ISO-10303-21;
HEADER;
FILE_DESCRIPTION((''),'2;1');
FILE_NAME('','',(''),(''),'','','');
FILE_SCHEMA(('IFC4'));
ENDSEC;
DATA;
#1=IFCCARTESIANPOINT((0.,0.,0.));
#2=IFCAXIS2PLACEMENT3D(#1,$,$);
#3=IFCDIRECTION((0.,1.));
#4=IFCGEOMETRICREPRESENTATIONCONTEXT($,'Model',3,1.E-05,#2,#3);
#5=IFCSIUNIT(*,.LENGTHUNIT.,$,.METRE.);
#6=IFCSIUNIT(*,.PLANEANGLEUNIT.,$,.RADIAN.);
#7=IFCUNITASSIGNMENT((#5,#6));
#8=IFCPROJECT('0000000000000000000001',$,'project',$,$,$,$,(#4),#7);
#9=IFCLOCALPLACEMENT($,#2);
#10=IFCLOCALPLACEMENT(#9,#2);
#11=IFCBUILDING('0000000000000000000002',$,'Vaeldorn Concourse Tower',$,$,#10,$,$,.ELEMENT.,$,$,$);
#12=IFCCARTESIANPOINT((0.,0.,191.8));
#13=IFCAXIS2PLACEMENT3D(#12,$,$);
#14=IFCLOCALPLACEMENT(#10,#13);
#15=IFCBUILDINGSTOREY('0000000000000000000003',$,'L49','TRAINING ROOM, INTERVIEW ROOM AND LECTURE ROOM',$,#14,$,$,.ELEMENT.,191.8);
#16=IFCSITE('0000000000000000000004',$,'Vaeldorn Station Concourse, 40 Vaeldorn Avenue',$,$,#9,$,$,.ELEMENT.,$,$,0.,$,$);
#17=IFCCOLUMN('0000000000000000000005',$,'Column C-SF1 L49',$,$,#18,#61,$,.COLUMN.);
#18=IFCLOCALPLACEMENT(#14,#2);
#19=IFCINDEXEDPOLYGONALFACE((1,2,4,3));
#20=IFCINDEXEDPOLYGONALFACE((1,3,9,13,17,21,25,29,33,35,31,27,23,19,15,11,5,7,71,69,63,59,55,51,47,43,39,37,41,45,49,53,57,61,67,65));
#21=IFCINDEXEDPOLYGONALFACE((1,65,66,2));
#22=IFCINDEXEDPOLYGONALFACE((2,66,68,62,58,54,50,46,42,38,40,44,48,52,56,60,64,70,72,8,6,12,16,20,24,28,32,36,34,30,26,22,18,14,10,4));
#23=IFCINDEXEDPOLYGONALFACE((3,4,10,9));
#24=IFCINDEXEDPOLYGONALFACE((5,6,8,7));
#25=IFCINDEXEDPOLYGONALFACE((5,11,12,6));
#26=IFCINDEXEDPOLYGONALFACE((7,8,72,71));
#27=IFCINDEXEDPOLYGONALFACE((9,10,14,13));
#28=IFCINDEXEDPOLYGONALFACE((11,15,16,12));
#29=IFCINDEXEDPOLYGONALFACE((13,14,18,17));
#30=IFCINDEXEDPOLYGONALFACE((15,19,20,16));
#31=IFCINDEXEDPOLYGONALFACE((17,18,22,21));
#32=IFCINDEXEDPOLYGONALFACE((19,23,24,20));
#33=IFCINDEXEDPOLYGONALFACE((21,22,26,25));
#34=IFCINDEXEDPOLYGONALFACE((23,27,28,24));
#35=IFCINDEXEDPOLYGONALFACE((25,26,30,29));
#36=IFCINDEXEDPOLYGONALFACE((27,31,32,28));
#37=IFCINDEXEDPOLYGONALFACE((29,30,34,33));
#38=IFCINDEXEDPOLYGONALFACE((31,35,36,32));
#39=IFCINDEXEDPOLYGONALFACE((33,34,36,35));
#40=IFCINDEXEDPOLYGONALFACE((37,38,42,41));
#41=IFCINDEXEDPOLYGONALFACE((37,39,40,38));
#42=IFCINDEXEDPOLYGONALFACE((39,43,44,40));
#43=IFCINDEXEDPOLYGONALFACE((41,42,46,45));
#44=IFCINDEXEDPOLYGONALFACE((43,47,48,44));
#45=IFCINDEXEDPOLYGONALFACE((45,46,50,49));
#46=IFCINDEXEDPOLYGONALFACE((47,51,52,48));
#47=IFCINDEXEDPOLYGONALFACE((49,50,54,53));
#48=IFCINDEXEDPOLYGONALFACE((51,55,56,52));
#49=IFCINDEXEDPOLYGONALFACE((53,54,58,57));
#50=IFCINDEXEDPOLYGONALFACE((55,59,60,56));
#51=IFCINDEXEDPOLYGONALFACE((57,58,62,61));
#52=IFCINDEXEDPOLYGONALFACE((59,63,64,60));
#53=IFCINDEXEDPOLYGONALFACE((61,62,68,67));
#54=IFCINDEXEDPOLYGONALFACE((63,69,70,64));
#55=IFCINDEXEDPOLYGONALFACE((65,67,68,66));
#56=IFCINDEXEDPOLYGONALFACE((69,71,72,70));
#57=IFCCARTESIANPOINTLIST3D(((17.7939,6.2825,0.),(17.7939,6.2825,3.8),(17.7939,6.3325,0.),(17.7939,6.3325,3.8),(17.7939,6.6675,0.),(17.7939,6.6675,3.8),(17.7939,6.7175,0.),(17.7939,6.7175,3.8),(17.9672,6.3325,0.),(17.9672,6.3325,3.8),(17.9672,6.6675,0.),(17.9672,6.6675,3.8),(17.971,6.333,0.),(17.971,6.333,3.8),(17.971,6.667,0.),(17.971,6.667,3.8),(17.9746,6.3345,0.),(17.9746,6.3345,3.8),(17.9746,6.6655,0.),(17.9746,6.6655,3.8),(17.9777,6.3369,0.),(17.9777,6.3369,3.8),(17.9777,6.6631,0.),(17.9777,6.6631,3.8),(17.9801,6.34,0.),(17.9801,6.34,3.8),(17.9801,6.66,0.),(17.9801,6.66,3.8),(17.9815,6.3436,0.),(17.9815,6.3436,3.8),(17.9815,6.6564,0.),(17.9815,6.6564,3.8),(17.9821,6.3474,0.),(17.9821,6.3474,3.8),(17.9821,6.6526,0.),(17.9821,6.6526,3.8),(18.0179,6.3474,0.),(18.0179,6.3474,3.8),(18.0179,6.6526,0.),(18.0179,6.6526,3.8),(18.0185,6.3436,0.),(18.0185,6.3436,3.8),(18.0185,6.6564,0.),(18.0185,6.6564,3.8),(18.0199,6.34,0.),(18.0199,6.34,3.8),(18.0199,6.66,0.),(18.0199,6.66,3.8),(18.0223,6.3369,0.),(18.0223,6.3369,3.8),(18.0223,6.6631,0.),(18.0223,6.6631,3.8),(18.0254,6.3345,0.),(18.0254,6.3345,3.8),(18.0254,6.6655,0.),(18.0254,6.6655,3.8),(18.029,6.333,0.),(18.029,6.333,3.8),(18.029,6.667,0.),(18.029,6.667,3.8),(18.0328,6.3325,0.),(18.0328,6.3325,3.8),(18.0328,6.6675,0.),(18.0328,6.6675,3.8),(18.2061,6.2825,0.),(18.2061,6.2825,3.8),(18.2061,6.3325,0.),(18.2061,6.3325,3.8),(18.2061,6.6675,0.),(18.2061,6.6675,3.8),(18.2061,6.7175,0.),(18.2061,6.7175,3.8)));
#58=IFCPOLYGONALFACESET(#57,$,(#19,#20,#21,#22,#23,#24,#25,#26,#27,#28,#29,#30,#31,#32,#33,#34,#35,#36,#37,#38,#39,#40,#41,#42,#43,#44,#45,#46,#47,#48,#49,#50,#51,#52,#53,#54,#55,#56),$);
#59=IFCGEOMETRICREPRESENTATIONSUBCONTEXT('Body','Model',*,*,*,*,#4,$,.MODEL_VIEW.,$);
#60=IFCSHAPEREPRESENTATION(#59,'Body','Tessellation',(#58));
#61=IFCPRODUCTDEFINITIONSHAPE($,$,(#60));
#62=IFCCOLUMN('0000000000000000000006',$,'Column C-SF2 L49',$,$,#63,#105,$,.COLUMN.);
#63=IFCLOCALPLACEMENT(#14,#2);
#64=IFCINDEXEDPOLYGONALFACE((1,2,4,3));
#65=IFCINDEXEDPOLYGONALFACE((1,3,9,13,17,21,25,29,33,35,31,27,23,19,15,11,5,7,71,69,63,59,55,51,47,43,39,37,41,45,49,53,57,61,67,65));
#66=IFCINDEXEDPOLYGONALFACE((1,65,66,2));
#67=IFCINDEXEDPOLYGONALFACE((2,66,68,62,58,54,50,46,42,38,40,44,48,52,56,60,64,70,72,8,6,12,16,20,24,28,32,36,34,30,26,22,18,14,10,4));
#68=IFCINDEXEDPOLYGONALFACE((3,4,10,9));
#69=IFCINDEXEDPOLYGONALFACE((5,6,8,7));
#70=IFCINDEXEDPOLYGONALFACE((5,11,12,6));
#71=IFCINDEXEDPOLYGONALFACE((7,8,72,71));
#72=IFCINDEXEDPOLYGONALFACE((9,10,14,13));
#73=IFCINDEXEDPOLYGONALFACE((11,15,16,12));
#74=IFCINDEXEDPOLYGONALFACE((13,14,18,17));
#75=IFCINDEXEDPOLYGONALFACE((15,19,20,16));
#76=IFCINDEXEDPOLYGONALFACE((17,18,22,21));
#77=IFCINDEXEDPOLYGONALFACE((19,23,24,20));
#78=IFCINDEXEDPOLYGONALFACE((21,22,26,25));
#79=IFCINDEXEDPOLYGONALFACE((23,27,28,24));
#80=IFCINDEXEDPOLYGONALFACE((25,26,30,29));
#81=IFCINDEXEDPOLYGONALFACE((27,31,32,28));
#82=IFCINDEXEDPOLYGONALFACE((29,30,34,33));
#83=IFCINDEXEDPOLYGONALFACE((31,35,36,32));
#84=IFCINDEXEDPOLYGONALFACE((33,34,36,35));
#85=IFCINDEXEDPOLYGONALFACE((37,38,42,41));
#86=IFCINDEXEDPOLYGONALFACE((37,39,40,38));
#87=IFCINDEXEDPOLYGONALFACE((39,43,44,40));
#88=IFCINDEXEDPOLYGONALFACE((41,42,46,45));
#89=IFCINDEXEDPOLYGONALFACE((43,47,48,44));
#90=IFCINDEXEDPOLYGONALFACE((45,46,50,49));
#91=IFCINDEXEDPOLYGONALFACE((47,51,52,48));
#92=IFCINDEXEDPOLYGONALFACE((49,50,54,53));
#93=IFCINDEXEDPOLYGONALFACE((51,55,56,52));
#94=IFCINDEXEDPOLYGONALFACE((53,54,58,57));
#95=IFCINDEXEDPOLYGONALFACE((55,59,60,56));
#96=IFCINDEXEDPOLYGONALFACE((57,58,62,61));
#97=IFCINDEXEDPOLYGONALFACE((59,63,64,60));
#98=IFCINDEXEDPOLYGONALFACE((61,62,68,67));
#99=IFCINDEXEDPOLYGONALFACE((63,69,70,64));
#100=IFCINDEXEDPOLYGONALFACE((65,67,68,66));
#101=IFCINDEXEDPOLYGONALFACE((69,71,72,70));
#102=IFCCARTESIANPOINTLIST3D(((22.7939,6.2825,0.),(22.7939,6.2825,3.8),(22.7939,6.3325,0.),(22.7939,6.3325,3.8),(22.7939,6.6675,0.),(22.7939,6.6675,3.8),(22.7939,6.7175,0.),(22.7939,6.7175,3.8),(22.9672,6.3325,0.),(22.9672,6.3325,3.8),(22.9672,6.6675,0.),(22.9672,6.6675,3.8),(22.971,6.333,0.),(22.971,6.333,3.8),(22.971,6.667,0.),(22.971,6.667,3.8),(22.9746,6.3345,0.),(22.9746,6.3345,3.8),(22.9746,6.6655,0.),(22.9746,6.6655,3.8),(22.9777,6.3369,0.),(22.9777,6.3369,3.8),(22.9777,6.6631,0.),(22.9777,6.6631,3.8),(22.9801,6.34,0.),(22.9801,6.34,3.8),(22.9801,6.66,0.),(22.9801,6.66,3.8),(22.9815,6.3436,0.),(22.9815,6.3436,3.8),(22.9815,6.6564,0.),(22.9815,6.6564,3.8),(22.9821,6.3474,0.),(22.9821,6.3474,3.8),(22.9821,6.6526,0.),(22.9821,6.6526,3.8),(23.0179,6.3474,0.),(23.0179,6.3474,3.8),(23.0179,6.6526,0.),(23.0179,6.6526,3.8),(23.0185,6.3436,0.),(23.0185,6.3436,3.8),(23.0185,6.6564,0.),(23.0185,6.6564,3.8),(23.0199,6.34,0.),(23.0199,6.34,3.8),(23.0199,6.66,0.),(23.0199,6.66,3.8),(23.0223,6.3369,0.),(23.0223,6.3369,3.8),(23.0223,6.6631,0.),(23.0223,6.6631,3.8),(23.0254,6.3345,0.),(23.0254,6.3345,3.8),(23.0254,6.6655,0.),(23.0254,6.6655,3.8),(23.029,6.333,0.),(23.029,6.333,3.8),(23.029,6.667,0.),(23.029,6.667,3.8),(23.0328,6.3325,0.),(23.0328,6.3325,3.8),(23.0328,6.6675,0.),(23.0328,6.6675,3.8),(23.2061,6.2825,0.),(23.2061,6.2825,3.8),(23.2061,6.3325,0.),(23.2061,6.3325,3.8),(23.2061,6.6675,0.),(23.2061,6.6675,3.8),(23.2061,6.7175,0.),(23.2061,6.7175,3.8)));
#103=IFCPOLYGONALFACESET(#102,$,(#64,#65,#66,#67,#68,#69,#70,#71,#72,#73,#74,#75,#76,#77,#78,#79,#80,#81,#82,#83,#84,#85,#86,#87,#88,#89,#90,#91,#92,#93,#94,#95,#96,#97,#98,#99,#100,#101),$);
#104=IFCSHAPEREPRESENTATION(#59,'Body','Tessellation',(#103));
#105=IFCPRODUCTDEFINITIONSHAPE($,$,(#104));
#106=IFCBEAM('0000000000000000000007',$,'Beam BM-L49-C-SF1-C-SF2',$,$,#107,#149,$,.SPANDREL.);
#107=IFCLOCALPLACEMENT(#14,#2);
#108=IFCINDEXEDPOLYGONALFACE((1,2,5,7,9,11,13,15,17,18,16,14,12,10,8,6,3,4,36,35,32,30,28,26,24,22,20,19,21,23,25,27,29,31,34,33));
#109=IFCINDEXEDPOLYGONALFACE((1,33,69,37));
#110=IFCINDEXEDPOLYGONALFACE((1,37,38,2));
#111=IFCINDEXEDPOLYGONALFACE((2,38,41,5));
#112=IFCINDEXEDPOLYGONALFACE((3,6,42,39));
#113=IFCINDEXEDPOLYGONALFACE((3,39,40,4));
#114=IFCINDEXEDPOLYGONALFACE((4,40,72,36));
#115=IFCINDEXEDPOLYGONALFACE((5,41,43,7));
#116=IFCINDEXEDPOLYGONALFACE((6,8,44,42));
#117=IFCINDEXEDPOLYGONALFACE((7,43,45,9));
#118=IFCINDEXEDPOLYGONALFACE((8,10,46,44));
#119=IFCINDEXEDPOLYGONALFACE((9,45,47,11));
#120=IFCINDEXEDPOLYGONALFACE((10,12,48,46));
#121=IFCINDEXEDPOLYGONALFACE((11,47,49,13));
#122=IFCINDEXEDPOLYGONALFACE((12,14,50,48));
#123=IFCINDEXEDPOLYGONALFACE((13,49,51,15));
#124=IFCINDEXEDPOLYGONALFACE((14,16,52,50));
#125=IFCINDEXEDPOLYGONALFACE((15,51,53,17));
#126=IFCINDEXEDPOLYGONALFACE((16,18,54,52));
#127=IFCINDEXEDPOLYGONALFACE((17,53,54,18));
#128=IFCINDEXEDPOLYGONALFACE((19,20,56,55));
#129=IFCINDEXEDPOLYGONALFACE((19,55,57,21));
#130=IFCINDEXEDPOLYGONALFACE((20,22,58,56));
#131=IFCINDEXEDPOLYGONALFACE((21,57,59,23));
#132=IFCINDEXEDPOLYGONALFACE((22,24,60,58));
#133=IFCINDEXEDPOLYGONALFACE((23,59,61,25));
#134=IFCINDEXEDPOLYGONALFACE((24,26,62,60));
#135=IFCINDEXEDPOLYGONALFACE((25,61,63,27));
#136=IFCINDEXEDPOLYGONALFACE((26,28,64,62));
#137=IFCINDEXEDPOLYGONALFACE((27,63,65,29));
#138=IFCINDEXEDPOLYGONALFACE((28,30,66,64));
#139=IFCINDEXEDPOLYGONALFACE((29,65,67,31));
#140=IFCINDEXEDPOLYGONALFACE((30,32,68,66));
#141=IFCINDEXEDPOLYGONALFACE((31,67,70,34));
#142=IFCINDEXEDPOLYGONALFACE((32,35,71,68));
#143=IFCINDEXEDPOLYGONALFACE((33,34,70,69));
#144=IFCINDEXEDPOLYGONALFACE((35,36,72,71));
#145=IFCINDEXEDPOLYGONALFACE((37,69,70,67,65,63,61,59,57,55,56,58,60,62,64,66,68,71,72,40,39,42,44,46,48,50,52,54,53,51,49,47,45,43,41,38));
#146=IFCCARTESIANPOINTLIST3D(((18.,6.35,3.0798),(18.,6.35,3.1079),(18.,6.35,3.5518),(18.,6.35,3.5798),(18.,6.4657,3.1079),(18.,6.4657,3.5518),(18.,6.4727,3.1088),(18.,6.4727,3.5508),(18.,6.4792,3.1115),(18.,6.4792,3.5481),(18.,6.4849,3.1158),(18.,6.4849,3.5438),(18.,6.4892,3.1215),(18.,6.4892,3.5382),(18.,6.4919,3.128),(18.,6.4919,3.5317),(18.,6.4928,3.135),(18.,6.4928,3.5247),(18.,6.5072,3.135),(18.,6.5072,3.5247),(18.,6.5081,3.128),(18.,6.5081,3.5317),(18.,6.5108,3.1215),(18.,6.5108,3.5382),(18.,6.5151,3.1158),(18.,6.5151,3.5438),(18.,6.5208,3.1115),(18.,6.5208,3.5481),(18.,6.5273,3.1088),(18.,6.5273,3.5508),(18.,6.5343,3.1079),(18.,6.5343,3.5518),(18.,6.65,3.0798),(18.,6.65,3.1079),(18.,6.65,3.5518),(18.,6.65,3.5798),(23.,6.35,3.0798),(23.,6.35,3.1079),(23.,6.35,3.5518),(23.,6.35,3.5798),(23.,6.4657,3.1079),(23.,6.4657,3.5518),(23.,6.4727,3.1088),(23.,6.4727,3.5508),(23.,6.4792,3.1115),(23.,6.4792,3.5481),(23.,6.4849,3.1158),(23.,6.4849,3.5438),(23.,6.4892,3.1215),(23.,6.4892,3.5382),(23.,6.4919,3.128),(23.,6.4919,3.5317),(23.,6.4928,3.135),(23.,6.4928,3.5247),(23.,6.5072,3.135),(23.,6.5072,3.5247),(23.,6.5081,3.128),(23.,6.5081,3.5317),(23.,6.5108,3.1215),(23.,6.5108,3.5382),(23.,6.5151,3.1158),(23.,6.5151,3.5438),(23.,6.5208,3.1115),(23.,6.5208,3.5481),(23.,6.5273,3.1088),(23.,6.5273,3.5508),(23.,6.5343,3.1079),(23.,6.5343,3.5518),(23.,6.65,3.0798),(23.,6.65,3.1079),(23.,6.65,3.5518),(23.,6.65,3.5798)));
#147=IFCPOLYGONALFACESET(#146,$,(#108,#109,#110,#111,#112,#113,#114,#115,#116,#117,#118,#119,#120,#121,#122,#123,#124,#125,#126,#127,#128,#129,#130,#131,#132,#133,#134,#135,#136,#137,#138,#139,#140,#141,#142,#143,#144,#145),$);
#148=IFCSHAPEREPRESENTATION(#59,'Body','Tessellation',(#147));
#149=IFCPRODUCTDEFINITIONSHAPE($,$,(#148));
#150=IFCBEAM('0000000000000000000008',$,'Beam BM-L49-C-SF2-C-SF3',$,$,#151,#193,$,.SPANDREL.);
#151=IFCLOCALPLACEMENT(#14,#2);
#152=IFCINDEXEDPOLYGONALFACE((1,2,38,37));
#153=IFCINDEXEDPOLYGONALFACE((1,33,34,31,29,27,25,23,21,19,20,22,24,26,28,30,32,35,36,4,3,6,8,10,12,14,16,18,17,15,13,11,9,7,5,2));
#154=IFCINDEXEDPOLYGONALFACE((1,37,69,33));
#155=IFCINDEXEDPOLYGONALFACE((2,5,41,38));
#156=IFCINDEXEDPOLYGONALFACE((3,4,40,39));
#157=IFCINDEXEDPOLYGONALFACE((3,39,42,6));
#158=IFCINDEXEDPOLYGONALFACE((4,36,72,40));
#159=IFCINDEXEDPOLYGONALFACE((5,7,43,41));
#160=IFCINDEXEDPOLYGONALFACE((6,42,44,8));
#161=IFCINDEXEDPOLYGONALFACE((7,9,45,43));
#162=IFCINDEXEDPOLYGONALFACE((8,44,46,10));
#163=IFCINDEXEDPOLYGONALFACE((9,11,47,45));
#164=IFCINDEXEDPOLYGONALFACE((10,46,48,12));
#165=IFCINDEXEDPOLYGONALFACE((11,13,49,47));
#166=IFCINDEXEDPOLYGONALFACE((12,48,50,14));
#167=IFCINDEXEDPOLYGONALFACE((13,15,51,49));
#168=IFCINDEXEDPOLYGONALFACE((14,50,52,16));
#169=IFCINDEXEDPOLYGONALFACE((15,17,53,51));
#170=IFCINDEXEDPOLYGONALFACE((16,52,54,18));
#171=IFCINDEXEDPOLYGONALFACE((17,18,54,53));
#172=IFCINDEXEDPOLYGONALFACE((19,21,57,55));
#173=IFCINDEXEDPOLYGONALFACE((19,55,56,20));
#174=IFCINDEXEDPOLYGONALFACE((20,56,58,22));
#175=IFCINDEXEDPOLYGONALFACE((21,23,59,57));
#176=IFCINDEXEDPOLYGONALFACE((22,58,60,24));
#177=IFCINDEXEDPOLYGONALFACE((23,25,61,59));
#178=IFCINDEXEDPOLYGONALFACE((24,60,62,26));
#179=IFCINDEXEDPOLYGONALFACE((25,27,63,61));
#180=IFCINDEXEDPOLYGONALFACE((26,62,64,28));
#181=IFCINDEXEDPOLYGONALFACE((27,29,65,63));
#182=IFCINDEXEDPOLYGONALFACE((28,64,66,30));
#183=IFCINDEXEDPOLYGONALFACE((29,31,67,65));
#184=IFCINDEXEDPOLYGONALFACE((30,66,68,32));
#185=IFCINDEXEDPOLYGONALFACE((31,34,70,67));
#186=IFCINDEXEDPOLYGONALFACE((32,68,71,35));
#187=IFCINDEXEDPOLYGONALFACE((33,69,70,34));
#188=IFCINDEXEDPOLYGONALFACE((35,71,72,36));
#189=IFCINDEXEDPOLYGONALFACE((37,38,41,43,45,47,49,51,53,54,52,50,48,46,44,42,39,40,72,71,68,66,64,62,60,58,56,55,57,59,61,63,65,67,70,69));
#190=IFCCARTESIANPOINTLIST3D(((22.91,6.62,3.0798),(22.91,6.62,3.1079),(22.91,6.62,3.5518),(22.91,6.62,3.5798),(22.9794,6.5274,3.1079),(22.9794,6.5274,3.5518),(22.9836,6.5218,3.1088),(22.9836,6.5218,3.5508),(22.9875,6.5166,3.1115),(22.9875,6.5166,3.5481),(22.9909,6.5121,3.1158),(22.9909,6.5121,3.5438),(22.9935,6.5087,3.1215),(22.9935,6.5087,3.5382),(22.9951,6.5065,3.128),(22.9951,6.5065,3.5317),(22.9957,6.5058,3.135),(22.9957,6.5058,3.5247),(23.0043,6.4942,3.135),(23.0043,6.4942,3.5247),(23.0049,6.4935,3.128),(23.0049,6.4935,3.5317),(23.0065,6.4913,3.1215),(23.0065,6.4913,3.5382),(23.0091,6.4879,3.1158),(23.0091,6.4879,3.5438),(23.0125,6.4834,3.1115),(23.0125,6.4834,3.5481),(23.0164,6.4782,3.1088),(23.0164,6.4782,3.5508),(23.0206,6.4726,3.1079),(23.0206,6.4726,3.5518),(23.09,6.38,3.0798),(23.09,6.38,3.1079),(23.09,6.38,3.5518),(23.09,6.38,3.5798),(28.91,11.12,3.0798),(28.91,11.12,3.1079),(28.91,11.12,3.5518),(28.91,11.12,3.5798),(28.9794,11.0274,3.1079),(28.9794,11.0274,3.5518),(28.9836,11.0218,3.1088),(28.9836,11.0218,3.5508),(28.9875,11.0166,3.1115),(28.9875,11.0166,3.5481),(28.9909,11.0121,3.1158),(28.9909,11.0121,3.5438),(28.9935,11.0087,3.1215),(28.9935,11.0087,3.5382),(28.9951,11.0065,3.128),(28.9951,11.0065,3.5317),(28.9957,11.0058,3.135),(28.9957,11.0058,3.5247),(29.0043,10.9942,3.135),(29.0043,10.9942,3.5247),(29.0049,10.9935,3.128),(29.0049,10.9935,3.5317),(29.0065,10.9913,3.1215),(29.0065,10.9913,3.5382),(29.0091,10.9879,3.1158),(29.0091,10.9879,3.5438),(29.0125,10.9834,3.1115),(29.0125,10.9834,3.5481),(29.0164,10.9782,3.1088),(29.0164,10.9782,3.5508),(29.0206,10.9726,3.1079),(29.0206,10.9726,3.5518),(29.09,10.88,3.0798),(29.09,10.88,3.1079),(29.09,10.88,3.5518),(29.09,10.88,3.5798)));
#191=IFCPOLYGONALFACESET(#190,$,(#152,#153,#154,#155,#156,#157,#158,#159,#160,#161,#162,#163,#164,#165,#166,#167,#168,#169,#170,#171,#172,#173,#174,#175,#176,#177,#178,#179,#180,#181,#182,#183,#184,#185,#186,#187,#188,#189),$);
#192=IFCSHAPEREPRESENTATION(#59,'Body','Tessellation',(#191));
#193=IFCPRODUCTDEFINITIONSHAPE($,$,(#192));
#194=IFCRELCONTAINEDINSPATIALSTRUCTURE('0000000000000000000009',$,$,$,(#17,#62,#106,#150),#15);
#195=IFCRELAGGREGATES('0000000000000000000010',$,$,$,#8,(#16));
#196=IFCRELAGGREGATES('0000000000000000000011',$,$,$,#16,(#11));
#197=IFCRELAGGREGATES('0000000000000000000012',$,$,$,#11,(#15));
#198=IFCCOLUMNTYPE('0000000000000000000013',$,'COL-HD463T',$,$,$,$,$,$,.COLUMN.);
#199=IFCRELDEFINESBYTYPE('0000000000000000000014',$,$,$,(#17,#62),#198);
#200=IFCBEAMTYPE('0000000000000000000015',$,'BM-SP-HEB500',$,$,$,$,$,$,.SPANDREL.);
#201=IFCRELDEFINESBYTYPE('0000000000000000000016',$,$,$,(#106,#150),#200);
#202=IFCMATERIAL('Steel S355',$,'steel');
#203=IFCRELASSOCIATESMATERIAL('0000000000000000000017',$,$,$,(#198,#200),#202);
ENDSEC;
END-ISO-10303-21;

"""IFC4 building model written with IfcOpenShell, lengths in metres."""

from ifc_helpers import new_model, si_unit, direction, frame, origin, origin_2d, place, context, subcontext, project, spatial, i_section, extrude, source, transform, mapped, material, material_profile, profile_set, type_object, element, save


model = new_model("IFC4")

# Units and contexts
model_context = context("Model", 3, precision=1e-05, world=origin(), true_north=direction((0.0, 1.0)))
body_context = subcontext(model_context, "Body", "Model", "MODEL_VIEW")
ifc_project = project(units=[si_unit("LENGTHUNIT", "METRE"), si_unit("PLANEANGLEUNIT", "RADIAN")], contexts=[model_context])

# Site, building, storey
site_placement = place(None, origin())
site = spatial("IfcSite", under=ifc_project, at=site_placement, Name="Vaeldorn Station Concourse, 40 Vaeldorn Avenue", CompositionType="ELEMENT", RefElevation=0.0)
building_placement = place(site_placement, origin())
building = spatial("IfcBuilding", under=site, at=building_placement, Name="Vaeldorn Concourse Tower", CompositionType="ELEMENT")
storey_placement = place(building_placement, frame((0.0, 0.0, 191.8)))
storey = spatial("IfcBuildingStorey", under=building, at=storey_placement, Name="L49", Description="TRAINING ROOM, INTERVIEW ROOM AND LECTURE ROOM", CompositionType="ELEMENT", Elevation=191.8)

# Columns
ifc_material_1 = material(Name="Steel S355", Category="steel")
ifc_material_profile_1 = material_profile(ifc_material_1, i_section(OverallWidth=0.4121, OverallDepth=0.4351, WebThickness=0.0359, FlangeThickness=0.05, FilletRadius=0.0149, at=origin_2d()), Name="HD 400x463")
ifc_profile_set_1 = profile_set([ifc_material_profile_1], Name="Steel S355")
column_type = type_object("IfcColumnType", Name="COL-HD463T", PredefinedType="COLUMN", material=ifc_profile_set_1)
shared_shape_1 = source(origin(), body_context, "Body", "SweptSolid", [
    extrude(i_section(OverallWidth=0.4121, OverallDepth=0.4351, WebThickness=0.0359, FlangeThickness=0.05, FilletRadius=0.0149, at=origin_2d()), origin(), (0.0, 0.0, 1.0), 3.8),
])
for number, where, z_axis, x_axis, name in (
    (1, (18.0, 6.5, 0.0), (0.0, 0.0, 1.0), (1.0, 0.0, 0.0), "Column C-SF1 L49"),
    (2, (23.0, 6.5, 0.0), (0.0, 0.0, 1.0), (1.0, 0.0, 0.0), "Column C-SF2 L49"),
):
    element("IfcColumn", number, at=place(storey_placement, frame(where, z_axis=z_axis, x_axis=x_axis)), inside=storey, type_object=column_type, Name=name, PredefinedType="COLUMN", context=body_context, shape_type="MappedRepresentation", body=[
        mapped(shared_shape_1, transform((0.0, 0.0, 0.0), scale=1.0)),
    ])

# Beams
ifc_material_profile_2 = material_profile(ifc_material_1, i_section(OverallWidth=0.3, OverallDepth=0.5, WebThickness=0.0144, FlangeThickness=0.0281, FilletRadius=0.0271, at=origin_2d()), Name="HEB 500")
ifc_profile_set_2 = profile_set([ifc_material_profile_2], Name="Steel S355")
beam_type_1 = type_object("IfcBeamType", Name="BM-SP-HEB500", PredefinedType="SPANDREL", material=ifc_profile_set_2)
shared_shape_2 = source(origin(), body_context, "Body", "SweptSolid", [
    extrude(i_section(OverallWidth=0.3, OverallDepth=0.5, WebThickness=0.0144, FlangeThickness=0.0281, FilletRadius=0.0271, at=origin_2d()), origin(), (0.0, 0.0, 1.0), 5.0),
])
beam_1_placement = place(storey_placement, frame((18.0, 6.5, 3.3298), z_axis=(1.0, 0.0, 0.0), x_axis=(0.0, 1.0, 0.0)))
element("IfcBeam", 3, at=beam_1_placement, inside=storey, type_object=beam_type_1, Name="Beam BM-L49-C-SF1-C-SF2", PredefinedType="SPANDREL", context=body_context, shape_type="MappedRepresentation", body=[
    mapped(shared_shape_2, transform((0.0, 0.0, 0.0), scale=1.0)),
])
shared_shape_3 = source(origin(), body_context, "Body", "SweptSolid", [
    extrude(i_section(OverallWidth=0.3, OverallDepth=0.5, WebThickness=0.0144, FlangeThickness=0.0281, FilletRadius=0.0271, at=origin_2d()), origin(), (0.0, 0.0, 1.0), 7.5),
])
beam_2_placement = place(storey_placement, frame((23.0, 6.5, 3.3298), z_axis=(0.8, 0.6, 0.0), x_axis=(-0.6, 0.8, 0.0)))
element("IfcBeam", 4, at=beam_2_placement, inside=storey, type_object=beam_type_1, Name="Beam BM-L49-C-SF2-C-SF3", PredefinedType="SPANDREL", context=body_context, shape_type="MappedRepresentation", body=[
    mapped(shared_shape_3, transform((0.0, 0.0, 0.0), scale=1.0)),
])

save(model, "model.ifc")
